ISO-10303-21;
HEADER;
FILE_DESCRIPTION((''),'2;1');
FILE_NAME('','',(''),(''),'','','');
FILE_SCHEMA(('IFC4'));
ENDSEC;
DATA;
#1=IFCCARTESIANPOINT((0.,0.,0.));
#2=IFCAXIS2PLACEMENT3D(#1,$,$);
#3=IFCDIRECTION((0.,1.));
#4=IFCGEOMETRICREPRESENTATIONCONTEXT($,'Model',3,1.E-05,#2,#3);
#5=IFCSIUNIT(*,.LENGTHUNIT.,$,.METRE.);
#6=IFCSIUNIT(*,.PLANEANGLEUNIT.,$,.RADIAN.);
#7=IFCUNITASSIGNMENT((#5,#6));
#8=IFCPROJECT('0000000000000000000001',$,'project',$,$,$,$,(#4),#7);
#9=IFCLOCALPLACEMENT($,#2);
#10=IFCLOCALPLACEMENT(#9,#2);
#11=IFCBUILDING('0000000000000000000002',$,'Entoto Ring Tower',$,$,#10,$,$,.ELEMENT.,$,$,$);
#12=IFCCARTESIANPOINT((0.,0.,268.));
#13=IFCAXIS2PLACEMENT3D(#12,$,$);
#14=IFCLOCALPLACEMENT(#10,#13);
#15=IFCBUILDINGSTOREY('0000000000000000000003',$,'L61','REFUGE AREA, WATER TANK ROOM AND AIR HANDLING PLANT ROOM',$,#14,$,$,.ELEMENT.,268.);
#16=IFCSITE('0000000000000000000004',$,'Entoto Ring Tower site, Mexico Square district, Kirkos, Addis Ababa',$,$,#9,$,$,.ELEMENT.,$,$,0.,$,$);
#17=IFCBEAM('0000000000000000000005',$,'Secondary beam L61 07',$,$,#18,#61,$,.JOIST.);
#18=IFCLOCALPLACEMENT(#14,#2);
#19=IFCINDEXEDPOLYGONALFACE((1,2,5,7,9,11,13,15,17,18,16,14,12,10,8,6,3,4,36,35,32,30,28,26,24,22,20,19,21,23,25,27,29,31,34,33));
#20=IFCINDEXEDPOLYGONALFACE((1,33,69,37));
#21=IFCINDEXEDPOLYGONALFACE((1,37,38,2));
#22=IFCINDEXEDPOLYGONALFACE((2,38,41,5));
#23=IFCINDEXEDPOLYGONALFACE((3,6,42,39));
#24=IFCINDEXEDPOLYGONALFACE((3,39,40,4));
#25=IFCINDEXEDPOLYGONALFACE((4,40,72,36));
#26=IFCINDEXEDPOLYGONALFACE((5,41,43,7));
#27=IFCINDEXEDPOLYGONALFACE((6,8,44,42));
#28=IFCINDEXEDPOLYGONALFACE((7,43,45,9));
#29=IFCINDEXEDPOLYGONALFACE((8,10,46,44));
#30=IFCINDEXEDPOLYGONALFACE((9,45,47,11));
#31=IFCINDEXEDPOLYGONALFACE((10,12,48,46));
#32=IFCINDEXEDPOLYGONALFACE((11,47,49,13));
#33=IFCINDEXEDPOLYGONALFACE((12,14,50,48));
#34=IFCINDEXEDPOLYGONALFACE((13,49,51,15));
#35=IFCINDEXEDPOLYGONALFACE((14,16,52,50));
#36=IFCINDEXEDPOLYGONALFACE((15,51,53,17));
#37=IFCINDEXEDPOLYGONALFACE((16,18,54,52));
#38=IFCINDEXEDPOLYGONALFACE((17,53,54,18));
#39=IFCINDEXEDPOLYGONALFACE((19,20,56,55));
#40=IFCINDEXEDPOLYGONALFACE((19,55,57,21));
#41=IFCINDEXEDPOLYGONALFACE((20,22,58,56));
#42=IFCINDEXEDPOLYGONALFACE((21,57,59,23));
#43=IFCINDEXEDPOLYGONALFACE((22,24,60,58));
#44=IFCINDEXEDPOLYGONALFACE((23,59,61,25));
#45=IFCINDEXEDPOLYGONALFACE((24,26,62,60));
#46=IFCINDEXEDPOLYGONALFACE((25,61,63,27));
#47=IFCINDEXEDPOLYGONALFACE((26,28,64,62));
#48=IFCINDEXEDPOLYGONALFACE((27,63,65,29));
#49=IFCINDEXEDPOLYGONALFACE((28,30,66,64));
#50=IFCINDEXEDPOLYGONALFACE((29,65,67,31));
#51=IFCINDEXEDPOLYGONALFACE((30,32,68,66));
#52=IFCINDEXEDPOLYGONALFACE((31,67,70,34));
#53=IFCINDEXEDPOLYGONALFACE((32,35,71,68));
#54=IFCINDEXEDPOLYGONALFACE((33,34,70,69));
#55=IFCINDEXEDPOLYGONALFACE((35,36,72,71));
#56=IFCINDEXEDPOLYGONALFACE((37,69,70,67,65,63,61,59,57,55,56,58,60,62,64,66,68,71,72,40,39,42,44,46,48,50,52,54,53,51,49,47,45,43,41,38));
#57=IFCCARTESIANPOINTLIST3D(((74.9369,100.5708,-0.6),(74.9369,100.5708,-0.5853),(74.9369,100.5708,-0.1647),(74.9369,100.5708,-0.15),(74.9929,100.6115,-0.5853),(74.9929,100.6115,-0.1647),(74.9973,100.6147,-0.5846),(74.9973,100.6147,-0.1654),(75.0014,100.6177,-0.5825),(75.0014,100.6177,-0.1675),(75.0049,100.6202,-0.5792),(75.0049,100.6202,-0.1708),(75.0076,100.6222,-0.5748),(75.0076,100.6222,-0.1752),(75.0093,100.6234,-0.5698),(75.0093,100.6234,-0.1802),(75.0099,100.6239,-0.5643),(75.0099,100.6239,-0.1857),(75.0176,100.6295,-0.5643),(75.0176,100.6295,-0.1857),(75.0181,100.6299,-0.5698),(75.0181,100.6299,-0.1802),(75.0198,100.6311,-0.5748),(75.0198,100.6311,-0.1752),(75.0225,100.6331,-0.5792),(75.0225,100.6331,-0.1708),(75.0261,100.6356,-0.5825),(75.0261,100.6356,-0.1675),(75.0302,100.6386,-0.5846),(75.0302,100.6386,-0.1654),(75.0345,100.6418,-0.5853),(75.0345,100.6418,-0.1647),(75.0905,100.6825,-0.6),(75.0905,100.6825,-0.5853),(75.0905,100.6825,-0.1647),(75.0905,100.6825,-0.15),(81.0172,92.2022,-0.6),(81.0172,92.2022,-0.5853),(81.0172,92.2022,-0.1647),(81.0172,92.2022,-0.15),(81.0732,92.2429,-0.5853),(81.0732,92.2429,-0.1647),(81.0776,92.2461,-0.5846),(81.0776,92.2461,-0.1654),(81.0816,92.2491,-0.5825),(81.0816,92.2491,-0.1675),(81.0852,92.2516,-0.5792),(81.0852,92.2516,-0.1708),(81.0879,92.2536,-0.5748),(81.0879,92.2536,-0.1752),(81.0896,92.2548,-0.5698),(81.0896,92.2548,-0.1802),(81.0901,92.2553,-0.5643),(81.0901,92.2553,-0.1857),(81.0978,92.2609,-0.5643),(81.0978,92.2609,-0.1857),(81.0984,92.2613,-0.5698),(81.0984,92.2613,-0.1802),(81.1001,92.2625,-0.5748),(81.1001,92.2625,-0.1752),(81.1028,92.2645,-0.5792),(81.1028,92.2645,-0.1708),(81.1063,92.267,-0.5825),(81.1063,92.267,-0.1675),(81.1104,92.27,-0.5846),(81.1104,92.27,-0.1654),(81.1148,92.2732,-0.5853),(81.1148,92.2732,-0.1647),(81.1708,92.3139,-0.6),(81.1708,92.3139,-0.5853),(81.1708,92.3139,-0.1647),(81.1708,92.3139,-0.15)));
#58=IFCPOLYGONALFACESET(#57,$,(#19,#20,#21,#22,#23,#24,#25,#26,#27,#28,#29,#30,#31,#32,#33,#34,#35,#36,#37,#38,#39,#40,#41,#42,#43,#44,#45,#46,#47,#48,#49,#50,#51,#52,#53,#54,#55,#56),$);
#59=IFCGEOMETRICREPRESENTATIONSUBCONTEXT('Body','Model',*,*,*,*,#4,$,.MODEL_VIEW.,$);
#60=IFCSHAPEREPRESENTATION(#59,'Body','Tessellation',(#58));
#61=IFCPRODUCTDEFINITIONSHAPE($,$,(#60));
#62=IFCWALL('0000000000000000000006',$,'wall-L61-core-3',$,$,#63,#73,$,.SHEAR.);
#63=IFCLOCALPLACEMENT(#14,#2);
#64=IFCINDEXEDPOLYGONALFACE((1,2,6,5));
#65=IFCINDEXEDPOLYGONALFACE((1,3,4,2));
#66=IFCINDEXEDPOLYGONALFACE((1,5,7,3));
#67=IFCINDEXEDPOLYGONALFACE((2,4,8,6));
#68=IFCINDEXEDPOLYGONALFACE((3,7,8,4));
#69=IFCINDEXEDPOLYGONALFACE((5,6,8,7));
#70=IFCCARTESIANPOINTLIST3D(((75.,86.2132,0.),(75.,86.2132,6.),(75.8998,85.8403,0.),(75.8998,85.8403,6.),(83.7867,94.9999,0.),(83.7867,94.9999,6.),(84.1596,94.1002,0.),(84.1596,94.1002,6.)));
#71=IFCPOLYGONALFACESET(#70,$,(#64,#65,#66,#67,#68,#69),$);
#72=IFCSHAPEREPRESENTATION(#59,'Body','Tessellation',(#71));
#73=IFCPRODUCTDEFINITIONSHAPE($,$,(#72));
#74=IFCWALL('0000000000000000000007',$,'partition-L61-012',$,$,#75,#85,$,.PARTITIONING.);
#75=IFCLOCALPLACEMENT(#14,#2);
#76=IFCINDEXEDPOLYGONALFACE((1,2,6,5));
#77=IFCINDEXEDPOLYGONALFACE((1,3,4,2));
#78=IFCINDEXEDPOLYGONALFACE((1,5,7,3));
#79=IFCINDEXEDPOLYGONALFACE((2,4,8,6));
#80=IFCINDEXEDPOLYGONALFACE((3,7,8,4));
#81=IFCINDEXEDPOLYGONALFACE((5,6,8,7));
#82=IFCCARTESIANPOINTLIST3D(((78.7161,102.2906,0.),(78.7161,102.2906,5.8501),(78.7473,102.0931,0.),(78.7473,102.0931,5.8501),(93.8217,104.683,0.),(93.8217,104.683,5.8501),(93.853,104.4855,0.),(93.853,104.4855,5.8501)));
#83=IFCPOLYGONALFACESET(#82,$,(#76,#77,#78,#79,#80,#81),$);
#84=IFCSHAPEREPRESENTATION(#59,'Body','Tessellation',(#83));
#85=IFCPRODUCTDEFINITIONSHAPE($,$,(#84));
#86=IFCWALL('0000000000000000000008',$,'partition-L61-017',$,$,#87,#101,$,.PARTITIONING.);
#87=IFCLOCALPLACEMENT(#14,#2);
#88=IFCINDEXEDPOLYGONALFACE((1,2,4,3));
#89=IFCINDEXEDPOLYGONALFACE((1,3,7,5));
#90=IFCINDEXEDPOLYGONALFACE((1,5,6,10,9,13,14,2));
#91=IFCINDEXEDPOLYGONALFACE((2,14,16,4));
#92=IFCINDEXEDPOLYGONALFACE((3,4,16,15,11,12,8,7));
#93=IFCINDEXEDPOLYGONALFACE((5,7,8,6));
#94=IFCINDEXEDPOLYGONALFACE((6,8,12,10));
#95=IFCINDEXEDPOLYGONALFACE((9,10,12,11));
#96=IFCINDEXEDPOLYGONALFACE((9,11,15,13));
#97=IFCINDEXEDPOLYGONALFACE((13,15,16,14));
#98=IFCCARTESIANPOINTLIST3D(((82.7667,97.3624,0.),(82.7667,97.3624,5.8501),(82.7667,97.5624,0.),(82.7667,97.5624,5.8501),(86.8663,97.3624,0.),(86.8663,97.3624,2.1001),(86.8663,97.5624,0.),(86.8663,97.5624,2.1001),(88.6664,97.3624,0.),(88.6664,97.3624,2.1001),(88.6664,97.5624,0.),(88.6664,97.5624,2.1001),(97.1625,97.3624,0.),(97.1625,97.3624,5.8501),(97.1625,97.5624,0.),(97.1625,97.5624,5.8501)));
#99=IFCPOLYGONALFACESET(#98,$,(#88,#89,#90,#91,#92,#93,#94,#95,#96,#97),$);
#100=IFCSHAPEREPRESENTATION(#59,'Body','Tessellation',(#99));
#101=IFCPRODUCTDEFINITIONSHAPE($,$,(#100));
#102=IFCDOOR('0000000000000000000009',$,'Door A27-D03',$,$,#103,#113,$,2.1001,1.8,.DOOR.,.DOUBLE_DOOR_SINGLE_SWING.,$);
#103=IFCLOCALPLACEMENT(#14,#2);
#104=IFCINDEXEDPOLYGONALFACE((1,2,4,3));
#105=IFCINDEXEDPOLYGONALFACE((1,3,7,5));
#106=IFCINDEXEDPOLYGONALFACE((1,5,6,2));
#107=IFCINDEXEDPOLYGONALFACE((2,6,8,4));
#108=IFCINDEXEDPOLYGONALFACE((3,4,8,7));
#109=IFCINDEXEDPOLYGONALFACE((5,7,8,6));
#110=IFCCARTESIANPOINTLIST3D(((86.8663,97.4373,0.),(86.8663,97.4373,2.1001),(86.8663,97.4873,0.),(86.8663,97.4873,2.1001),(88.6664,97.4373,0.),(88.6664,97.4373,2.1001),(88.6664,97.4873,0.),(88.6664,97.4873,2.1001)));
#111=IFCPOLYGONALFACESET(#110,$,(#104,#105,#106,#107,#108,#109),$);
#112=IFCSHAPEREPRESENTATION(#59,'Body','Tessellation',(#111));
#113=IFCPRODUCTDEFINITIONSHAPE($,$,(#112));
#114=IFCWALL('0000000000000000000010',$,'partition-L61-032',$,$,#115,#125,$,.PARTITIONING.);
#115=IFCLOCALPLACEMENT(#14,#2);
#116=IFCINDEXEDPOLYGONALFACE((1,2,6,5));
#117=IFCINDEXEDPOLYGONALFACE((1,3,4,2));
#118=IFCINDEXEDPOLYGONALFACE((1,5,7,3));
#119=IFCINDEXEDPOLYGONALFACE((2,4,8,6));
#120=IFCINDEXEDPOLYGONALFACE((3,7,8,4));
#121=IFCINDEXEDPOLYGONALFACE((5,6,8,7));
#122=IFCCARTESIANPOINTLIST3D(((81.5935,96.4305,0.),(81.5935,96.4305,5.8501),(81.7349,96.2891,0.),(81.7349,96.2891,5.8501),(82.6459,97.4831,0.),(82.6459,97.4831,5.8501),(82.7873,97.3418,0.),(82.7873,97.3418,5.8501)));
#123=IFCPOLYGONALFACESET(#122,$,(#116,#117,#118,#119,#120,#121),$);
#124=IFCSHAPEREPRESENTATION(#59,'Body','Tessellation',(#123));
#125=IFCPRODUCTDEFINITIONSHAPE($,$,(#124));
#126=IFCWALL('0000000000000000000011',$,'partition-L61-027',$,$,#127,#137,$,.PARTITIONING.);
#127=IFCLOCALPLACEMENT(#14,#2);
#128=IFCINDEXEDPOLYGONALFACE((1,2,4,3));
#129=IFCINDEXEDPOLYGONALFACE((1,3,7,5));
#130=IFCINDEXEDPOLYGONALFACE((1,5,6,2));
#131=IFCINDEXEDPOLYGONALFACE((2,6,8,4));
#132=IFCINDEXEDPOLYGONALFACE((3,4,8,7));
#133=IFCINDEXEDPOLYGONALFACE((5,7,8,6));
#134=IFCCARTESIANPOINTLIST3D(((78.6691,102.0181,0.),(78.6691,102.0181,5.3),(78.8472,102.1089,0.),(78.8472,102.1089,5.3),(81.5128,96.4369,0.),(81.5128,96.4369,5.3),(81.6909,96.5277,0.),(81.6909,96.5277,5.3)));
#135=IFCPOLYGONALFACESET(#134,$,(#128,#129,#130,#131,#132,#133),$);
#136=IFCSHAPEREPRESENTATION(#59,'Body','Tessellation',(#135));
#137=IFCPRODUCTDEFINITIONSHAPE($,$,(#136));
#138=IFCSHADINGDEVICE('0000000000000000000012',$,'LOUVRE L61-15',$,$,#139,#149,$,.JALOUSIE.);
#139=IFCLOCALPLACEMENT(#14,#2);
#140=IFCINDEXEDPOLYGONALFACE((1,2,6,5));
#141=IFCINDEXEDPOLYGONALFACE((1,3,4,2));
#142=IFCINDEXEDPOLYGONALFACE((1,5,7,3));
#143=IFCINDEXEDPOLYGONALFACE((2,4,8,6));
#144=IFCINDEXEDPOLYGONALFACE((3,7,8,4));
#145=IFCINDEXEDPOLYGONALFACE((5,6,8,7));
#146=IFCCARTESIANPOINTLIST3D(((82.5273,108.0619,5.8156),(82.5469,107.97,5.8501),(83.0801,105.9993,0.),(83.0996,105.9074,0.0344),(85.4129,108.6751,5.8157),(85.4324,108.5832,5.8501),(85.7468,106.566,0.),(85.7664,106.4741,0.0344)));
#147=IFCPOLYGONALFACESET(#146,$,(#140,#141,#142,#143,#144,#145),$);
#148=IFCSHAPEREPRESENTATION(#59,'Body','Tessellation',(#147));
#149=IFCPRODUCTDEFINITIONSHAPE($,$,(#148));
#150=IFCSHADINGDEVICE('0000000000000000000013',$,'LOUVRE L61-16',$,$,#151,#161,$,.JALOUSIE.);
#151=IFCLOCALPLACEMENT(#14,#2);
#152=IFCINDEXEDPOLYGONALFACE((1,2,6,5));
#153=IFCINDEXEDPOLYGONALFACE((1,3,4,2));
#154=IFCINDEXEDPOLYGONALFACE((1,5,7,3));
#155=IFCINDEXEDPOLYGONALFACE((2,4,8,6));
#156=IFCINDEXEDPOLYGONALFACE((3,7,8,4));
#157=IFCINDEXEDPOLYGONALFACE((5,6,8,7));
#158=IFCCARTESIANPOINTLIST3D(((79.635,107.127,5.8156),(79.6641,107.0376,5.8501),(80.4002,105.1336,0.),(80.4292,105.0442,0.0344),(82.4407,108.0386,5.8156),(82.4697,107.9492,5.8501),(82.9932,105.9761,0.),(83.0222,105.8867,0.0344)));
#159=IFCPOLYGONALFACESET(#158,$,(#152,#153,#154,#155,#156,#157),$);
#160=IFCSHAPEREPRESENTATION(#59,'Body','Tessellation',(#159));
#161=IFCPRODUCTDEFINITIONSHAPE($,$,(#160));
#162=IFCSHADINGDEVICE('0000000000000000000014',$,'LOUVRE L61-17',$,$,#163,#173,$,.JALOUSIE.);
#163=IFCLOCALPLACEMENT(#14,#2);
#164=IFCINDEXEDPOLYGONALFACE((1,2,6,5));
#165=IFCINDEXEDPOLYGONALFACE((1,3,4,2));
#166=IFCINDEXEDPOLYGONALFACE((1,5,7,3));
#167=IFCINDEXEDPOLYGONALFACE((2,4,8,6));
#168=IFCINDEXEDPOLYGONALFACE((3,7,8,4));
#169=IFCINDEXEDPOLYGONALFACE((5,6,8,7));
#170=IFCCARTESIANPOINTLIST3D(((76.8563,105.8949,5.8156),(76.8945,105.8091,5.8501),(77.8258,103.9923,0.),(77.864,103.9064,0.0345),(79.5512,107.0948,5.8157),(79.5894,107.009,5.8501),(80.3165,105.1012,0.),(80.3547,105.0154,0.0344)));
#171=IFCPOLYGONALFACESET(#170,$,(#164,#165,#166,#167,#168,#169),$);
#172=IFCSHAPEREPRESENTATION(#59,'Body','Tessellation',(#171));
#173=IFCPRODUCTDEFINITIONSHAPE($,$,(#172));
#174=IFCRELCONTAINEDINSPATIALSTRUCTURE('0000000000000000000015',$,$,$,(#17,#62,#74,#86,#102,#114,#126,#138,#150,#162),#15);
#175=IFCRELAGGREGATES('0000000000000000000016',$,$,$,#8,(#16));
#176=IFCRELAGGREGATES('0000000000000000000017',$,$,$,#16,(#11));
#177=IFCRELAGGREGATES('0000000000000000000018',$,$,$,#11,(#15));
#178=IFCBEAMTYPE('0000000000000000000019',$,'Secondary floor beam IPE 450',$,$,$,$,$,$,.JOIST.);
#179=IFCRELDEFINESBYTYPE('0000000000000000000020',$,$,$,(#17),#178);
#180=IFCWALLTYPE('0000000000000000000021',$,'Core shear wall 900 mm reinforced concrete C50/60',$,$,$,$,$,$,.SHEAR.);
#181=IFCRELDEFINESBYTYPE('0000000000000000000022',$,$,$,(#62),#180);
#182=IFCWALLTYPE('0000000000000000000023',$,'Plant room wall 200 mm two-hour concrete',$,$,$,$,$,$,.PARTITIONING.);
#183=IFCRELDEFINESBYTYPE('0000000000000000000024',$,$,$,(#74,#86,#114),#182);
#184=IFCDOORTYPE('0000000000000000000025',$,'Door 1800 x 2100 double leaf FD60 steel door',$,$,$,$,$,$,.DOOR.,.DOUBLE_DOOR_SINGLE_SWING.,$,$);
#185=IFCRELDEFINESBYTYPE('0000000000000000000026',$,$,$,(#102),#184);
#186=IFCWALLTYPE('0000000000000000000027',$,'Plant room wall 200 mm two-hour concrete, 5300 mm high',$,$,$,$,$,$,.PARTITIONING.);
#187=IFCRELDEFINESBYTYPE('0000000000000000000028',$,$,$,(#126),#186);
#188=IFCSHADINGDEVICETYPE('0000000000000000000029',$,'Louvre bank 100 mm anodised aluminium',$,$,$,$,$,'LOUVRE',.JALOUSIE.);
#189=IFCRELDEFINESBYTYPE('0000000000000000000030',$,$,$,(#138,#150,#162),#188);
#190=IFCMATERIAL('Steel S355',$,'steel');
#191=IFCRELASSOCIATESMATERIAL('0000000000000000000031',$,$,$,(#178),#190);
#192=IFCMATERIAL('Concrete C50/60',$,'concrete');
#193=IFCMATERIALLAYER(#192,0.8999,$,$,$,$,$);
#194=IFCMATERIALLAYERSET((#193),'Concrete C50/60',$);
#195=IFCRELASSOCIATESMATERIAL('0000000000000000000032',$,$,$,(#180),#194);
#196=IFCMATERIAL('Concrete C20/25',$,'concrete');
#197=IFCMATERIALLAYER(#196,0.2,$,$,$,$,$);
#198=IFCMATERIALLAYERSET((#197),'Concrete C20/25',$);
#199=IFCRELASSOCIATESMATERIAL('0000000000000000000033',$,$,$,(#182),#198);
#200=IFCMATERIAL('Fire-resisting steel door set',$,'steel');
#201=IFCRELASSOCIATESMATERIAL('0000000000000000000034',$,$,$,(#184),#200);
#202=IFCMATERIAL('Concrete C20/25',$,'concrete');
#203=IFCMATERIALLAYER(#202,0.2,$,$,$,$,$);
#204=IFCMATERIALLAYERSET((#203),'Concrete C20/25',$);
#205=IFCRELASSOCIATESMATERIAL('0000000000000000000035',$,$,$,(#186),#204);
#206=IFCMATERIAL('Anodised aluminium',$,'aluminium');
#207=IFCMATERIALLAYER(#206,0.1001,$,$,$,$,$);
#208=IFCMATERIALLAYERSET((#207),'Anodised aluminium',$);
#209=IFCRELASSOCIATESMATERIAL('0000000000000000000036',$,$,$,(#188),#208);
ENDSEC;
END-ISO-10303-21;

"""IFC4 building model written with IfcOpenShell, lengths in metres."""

from ifc_helpers import new_model, si_unit, direction, frame, frame_2d, origin, origin_2d, place, context, subcontext, project, spatial, polyline, rectangle, i_section, outline, extrude, material, layer, layer_set, material_profile, profile_set, type_object, element, fill, save


model = new_model("IFC4")

# Units and contexts
model_context = context("Model", 3, precision=1e-05, world=origin(), true_north=direction((0.0, 1.0)))
body_context = subcontext(model_context, "Body", "Model", "MODEL_VIEW")
ifc_project = project(units=[si_unit("LENGTHUNIT", "METRE"), si_unit("PLANEANGLEUNIT", "RADIAN")], contexts=[model_context])

# Site, building, storey
site_placement = place(None, origin())
site = spatial("IfcSite", under=ifc_project, at=site_placement, Name="Entoto Ring Tower site, Mexico Square district, Kirkos, Addis Ababa", CompositionType="ELEMENT", RefElevation=0.0)
building_placement = place(site_placement, origin())
building = spatial("IfcBuilding", under=site, at=building_placement, Name="Entoto Ring Tower", CompositionType="ELEMENT")
storey_placement = place(building_placement, frame((0.0, 0.0, 268.0)))
storey = spatial("IfcBuildingStorey", under=building, at=storey_placement, Name="L61", Description="REFUGE AREA, WATER TANK ROOM AND AIR HANDLING PLANT ROOM", CompositionType="ELEMENT", Elevation=268.0)

# Beam
ifc_material_1 = material(Name="Steel S355", Category="steel")
ifc_material_profile_1 = material_profile(ifc_material_1, i_section(OverallWidth=0.1899, OverallDepth=0.45, WebThickness=0.0095, FlangeThickness=0.0146, FilletRadius=0.021, at=origin_2d()), Name="IPE 450")
ifc_profile_set_1 = profile_set([ifc_material_profile_1], Name="Steel S355")
beam_type_1 = type_object("IfcBeamType", Name="Secondary floor beam IPE 450", PredefinedType="JOIST", material=ifc_profile_set_1)
beam_1_placement = place(storey_placement, frame((81.094, 92.2581, -0.375), z_axis=(-0.587794, 0.809011, 0.0), x_axis=(-0.809011, -0.587794, 0.0)))
element("IfcBeam", 1, at=beam_1_placement, inside=storey, type_object=beam_type_1, Name="Secondary beam L61 07", PredefinedType="JOIST", context=body_context, shape_type="SweptSolid", body=[
    extrude(i_section(OverallWidth=0.1899, OverallDepth=0.45, WebThickness=0.0095, FlangeThickness=0.0146, FilletRadius=0.021, at=origin_2d()), origin(), (0.0, 0.0, 1.0), 10.3442),
])

# Walls
ifc_material_2 = material(Name="Concrete C50/60", Category="concrete")
ifc_layer_1 = layer(ifc_material_2, 0.8999)
ifc_layer_set_1 = layer_set([ifc_layer_1], Name="Concrete C50/60")
wall_type_1 = type_object("IfcWallType", Name="Core shear wall 900 mm reinforced concrete C50/60", PredefinedType="SHEAR", material=ifc_layer_set_1)
wall_1_placement = place(storey_placement, frame((83.9731, 94.55, 0.0), z_axis=(0.0, 0.0, 1.0), x_axis=(-0.707107, -0.707107, 0.0)))
element("IfcWall", 2, at=wall_1_placement, inside=storey, type_object=wall_type_1, Name="wall-L61-core-3", PredefinedType="SHEAR", context=body_context, shape_type="SweptSolid", body=[
    extrude(outline(polyline([(-0.1863, -0.45), (12.24, -0.45), (11.8674, 0.45), (0.1863, 0.45), (-0.1863, -0.45)])), origin(), (0.0, 0.0, 1.0), 6.0),
])
ifc_material_3 = material(Name="Concrete C20/25", Category="concrete")
ifc_layer_2 = layer(ifc_material_3, 0.2)
ifc_layer_set_2 = layer_set([ifc_layer_2], Name="Concrete C20/25")
wall_type_2 = type_object("IfcWallType", Name="Plant room wall 200 mm two-hour concrete", PredefinedType="PARTITIONING", material=ifc_layer_set_2)
wall_2_placement = place(storey_placement, frame((78.7317, 102.1919, 0.0), z_axis=(0.0, 0.0, 1.0), x_axis=(0.98769, 0.156423, 0.0)))
element("IfcWall", 3, at=wall_2_placement, inside=storey, type_object=wall_type_2, Name="partition-L61-012", PredefinedType="PARTITIONING", context=body_context, shape_type="SweptSolid", body=[
    extrude(rectangle(XDim=15.2939, YDim=0.2, at=frame_2d((7.647, 0.0))), origin(), (0.0, 0.0, 1.0), 5.8501),
])

# Wall, opening, door
wall_3_placement = place(storey_placement, frame((82.7668, 97.4624, 0.0), z_axis=(0.0, 0.0, 1.0), x_axis=(1.0, 0.0, 0.0)))
wall_3 = element("IfcWall", 4, at=wall_3_placement, inside=storey, type_object=wall_type_2, Name="partition-L61-017", PredefinedType="PARTITIONING", context=body_context, shape_type="SweptSolid", body=[
    extrude(rectangle(XDim=14.3958, YDim=0.2, at=frame_2d((7.1978, 0.0))), origin(), (0.0, 0.0, 1.0), 5.8501),
])
opening_placement = place(wall_3_placement, frame((4.0996, 0.0, 0.0)))
opening = element("IfcOpeningElement", 5, at=opening_placement, cuts=wall_3, PredefinedType="OPENING", context=body_context, shape_type="SweptSolid", body=[
    extrude(rectangle(XDim=1.8, YDim=2.1001, at=frame_2d((0.8999, 1.05))), frame((0.0, 0.1099, 0.0), z_axis=(0.0, -1.0, 0.0), x_axis=(1.0, 0.0, 0.0)), (0.0, 0.0, 1.0), 0.22),
])
ifc_material_4 = material(Name="Fire-resisting steel door set", Category="steel")
door_type = type_object("IfcDoorType", Name="Door 1800 x 2100 double leaf FD60 steel door", OperationType="DOUBLE_DOOR_SINGLE_SWING", PredefinedType="DOOR", material=ifc_material_4)
door_placement = place(opening_placement, origin())
door = element("IfcDoor", 6, at=door_placement, inside=storey, type_object=door_type, Name="Door A27-D03", OperationType="DOUBLE_DOOR_SINGLE_SWING", OverallHeight=2.1001, OverallWidth=1.8, PredefinedType="DOOR", context=body_context, shape_type="SweptSolid", body=[
    extrude(rectangle(XDim=1.8, YDim=2.1001, at=frame_2d((0.8999, 1.05))), frame((0.0, 0.0249, 0.0), z_axis=(0.0, -1.0, 0.0), x_axis=(1.0, 0.0, 0.0)), (0.0, 0.0, 1.0), 0.05),
])
fill(opening, door)

# Walls
wall_4_placement = place(storey_placement, frame((81.6643, 96.3599, 0.0), z_axis=(0.0, 0.0, 1.0), x_axis=(0.707025, 0.707189, 0.0)))
element("IfcWall", 7, at=wall_4_placement, inside=storey, type_object=wall_type_2, Name="partition-L61-032", PredefinedType="PARTITIONING", context=body_context, shape_type="SweptSolid", body=[
    extrude(rectangle(XDim=1.4885, YDim=0.2, at=frame_2d((0.7441, 0.0))), origin(), (0.0, 0.0, 1.0), 5.8501),
])
ifc_material_5 = material(Name="Concrete C20/25", Category="concrete")
ifc_layer_3 = layer(ifc_material_5, 0.2)
ifc_layer_set_3 = layer_set([ifc_layer_3], Name="Concrete C20/25")
wall_type_3 = type_object("IfcWallType", Name="Plant room wall 200 mm two-hour concrete, 5300 mm high", PredefinedType="PARTITIONING", material=ifc_layer_set_3)
wall_5_placement = place(storey_placement, frame((81.6018, 96.4824, 0.0), z_axis=(0.0, 0.0, 1.0), x_axis=(-0.453982, 0.891011, 0.0)))
element("IfcWall", 8, at=wall_5_placement, inside=storey, type_object=wall_type_3, Name="partition-L61-027", PredefinedType="PARTITIONING", context=body_context, shape_type="SweptSolid", body=[
    extrude(rectangle(XDim=6.2639, YDim=0.2, at=frame_2d((3.1318, 0.0))), origin(), (0.0, 0.0, 1.0), 5.3),
])

# Shading devices
ifc_material_6 = material(Name="Anodised aluminium", Category="aluminium")
ifc_layer_4 = layer(ifc_material_6, 0.1001)
ifc_layer_set_4 = layer_set([ifc_layer_4], Name="Anodised aluminium")
shading_device_type = type_object("IfcShadingDeviceType", Name="Louvre bank 100 mm anodised aluminium", ElementType="LOUVRE", PredefinedType="JALOUSIE", material=ifc_layer_set_4)
shading_device_1_placement = place(storey_placement, frame((85.7664, 106.4741, 0.0344), z_axis=(0.195166, -0.918367, 0.344255), x_axis=(-0.978157, -0.207869, 0.000008)))
element("IfcShadingDevice", 9, at=shading_device_1_placement, inside=storey, type_object=shading_device_type, Name="LOUVRE L61-15", PredefinedType="JALOUSIE", context=body_context, shape_type="SweptSolid", body=[
    extrude(outline(polyline([(0.0, 0.0), (2.7263, 0.0), (2.8383, -6.1943), (-0.1117, -6.1943), (0.0, 0.0)])), origin(), (0.0, 0.0, -1.0), 0.1001),
])
shading_device_2_placement = place(storey_placement, frame((83.0222, 105.8867, 0.0344), z_axis=(0.290133, -0.89293, 0.344236), x_axis=(-0.951056, -0.309019, 0.0)))
element("IfcShadingDevice", 10, at=shading_device_2_placement, inside=storey, type_object=shading_device_type, Name="LOUVRE L61-16", PredefinedType="JALOUSIE", context=body_context, shape_type="SweptSolid", body=[
    extrude(outline(polyline([(0.0, 0.0), (2.7265, 0.0), (2.8381, -6.1942), (-0.1119, -6.1942), (0.0, 0.0)])), origin(), (0.0, 0.0, -1.0), 0.1001),
])
shading_device_3_placement = place(storey_placement, frame((80.3547, 105.0154, 0.0344), z_axis=(0.381885, -0.857696, 0.344269), x_axis=(-0.913542, -0.406746, 0.00001)))
element("IfcShadingDevice", 11, at=shading_device_3_placement, inside=storey, type_object=shading_device_type, Name="LOUVRE L61-17", PredefinedType="JALOUSIE", context=body_context, shape_type="SweptSolid", body=[
    extrude(outline(polyline([(0.0, 0.0), (2.7264, 0.0), (2.8383, -6.1943), (-0.1116, -6.1944), (0.0, 0.0)])), origin(), (0.0, 0.0, -1.0), 0.1001),
])

save(model, "model.ifc")
